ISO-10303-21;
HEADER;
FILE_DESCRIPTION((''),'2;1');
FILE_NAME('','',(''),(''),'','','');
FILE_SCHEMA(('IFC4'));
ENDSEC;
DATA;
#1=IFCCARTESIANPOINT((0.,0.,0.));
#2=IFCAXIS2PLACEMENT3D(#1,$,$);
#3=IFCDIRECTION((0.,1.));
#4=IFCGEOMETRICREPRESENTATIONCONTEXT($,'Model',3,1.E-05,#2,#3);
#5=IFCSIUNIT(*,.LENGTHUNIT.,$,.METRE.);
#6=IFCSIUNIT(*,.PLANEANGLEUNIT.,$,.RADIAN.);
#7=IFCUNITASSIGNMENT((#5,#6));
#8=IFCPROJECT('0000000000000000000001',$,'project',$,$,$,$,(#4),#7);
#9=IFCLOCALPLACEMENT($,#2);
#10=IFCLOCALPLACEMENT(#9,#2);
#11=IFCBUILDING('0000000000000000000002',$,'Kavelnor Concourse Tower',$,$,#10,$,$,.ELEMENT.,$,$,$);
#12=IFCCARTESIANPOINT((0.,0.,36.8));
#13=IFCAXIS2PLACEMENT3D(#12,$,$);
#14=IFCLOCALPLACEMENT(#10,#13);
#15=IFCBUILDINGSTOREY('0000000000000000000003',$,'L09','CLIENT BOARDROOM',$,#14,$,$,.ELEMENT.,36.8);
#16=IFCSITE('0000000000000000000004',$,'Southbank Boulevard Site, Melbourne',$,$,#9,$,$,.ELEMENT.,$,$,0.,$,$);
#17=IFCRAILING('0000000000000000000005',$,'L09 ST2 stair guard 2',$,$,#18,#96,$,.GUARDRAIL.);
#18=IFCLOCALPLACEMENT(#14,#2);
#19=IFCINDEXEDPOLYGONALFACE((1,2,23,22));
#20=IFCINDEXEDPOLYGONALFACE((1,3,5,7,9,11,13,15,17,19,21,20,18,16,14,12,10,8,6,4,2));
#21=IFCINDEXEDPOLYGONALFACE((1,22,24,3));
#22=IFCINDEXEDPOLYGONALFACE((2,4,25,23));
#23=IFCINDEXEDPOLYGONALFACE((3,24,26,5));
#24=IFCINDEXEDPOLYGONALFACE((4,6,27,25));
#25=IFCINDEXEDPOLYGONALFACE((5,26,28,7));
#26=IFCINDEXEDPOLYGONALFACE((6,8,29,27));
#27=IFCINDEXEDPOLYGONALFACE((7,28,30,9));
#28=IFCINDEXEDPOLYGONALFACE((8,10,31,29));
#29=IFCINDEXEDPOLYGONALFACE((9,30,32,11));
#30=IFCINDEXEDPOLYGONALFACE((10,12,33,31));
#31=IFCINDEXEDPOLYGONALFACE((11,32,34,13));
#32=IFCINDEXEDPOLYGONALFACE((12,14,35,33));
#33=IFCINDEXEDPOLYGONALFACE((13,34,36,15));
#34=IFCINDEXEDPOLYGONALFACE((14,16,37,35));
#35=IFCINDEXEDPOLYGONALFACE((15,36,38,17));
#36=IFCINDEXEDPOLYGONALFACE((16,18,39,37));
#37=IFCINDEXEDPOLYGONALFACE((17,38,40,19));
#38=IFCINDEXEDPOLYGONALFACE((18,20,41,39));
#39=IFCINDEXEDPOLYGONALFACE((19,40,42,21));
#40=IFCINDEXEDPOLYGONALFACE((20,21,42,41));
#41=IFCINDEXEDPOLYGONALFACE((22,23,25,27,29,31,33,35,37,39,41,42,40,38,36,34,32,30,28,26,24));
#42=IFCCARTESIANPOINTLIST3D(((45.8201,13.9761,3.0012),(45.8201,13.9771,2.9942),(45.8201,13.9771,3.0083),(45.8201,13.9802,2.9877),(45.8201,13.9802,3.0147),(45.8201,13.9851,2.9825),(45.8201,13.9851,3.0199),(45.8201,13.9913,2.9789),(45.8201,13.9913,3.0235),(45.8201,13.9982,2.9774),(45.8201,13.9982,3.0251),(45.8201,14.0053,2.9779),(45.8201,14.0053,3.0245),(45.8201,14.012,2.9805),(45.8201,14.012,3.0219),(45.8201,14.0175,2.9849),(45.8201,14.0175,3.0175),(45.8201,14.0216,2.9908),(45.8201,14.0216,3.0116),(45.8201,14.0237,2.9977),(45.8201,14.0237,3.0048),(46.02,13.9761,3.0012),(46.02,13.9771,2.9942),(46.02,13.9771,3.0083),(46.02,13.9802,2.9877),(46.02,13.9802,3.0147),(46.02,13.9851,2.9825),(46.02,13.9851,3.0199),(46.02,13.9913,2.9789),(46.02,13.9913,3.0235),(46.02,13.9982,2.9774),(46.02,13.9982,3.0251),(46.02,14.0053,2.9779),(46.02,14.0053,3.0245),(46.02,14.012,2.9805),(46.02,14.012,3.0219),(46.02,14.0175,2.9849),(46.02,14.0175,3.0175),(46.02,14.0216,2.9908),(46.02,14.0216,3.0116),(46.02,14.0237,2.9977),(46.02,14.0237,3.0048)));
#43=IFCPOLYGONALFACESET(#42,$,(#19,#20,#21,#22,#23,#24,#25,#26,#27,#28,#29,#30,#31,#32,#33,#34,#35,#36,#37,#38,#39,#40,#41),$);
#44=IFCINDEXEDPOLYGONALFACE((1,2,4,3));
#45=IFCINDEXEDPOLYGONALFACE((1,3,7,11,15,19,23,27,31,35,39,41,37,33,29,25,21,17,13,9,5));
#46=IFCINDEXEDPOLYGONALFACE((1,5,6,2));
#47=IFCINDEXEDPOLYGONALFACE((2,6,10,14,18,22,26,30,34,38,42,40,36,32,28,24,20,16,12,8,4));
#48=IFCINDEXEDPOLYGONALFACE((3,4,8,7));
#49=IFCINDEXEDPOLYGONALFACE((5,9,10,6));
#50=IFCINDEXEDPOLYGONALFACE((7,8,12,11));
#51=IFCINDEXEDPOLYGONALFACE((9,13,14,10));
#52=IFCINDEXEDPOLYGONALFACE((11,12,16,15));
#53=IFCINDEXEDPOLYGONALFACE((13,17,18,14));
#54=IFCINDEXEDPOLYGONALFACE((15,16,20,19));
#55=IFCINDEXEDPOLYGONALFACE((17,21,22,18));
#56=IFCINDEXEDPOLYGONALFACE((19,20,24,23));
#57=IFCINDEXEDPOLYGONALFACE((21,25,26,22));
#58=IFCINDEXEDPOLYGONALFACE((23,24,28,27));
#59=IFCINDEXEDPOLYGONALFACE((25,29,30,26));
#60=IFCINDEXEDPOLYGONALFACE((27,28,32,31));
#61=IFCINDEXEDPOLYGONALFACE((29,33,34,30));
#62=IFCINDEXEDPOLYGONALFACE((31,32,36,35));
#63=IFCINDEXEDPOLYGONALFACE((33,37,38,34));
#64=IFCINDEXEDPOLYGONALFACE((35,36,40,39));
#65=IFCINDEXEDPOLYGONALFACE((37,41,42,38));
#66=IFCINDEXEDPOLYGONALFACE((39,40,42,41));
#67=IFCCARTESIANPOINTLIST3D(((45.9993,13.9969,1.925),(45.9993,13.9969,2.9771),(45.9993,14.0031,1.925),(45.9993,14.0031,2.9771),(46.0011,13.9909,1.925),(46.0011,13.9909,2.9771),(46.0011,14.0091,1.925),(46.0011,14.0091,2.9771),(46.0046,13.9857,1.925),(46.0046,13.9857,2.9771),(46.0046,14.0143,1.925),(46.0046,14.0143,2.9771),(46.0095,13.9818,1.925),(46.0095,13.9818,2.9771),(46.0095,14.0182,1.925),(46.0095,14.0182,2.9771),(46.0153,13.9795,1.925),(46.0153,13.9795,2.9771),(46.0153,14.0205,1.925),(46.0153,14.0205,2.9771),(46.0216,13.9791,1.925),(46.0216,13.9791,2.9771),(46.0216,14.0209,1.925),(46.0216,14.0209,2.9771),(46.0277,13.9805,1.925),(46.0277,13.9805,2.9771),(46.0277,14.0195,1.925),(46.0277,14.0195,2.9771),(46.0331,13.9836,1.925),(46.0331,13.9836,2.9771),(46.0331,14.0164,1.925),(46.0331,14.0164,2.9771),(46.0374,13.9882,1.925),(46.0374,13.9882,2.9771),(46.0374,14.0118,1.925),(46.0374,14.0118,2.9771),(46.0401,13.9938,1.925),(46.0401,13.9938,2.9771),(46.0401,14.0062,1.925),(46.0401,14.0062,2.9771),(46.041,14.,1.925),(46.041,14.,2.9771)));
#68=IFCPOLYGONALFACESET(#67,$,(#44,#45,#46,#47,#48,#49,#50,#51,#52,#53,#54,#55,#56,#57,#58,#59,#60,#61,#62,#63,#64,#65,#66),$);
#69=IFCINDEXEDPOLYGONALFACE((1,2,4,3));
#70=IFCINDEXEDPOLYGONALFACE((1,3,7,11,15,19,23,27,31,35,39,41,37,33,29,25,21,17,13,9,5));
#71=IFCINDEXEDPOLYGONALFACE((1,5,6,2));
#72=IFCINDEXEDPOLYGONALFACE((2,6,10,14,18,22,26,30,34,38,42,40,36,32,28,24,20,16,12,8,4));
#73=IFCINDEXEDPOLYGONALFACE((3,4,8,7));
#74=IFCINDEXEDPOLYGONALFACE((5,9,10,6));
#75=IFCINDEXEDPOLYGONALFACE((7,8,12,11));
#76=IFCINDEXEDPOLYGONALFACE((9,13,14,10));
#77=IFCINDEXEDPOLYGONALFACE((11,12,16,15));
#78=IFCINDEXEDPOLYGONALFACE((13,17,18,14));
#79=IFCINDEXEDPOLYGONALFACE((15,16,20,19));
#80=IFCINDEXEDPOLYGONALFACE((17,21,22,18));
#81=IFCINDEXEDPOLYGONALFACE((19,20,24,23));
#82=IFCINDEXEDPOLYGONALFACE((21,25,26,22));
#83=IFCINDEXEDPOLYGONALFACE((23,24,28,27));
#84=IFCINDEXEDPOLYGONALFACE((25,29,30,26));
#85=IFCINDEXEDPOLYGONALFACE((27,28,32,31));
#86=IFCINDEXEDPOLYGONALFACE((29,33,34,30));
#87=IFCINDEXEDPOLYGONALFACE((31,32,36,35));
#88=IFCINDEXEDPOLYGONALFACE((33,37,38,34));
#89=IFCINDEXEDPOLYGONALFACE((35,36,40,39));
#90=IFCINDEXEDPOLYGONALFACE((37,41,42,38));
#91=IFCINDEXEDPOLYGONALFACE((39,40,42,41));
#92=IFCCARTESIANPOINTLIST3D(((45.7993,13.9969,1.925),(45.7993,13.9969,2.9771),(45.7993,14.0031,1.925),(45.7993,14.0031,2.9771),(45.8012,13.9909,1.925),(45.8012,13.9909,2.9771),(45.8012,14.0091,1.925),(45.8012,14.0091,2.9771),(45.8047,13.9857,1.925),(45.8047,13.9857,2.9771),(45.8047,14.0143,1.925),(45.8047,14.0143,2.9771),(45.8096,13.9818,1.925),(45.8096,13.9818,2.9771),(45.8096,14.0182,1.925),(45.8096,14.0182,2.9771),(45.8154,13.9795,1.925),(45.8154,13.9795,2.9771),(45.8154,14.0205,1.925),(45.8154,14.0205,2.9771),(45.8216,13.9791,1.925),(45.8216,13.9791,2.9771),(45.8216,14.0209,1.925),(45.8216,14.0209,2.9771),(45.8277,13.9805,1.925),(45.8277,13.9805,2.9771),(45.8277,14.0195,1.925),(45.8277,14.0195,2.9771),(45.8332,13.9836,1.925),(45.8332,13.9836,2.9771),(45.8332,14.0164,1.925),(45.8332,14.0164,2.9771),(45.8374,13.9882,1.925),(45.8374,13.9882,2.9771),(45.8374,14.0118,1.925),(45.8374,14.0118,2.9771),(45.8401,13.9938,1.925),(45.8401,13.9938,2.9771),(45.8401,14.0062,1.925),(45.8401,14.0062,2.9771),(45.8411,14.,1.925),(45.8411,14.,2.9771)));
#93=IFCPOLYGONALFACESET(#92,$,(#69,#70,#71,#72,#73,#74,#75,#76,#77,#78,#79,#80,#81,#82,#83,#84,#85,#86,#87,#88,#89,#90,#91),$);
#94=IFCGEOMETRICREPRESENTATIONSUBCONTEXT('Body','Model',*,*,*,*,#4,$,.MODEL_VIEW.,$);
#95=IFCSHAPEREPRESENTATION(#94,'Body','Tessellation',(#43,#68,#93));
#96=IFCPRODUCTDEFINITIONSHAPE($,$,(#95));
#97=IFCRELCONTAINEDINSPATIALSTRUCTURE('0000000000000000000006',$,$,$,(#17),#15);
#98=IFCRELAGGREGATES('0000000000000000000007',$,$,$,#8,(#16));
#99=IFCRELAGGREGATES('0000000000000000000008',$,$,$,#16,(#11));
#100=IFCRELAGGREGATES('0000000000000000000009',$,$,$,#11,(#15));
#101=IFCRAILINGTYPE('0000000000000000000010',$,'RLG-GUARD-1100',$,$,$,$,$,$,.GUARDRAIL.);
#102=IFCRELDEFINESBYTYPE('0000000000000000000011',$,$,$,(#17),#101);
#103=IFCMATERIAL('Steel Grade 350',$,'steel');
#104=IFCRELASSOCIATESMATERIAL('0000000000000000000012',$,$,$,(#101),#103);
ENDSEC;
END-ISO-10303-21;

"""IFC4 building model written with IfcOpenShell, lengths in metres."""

from ifc_helpers import new_model, si_unit, direction, frame, origin, origin_2d, place, context, subcontext, project, spatial, circle, extrude, material, type_object, element, save


model = new_model("IFC4")

# Units and contexts
model_context = context("Model", 3, precision=1e-05, world=origin(), true_north=direction((0.0, 1.0)))
body_context = subcontext(model_context, "Body", "Model", "MODEL_VIEW")
ifc_project = project(units=[si_unit("LENGTHUNIT", "METRE"), si_unit("PLANEANGLEUNIT", "RADIAN")], contexts=[model_context])

# Site, building, storey
site_placement = place(None, origin())
site = spatial("IfcSite", under=ifc_project, at=site_placement, Name="Southbank Boulevard Site, Melbourne", CompositionType="ELEMENT", RefElevation=0.0)
building_placement = place(site_placement, origin())
building = spatial("IfcBuilding", under=site, at=building_placement, Name="Kavelnor Concourse Tower", CompositionType="ELEMENT")
storey_placement = place(building_placement, frame((0.0, 0.0, 36.8)))
storey = spatial("IfcBuildingStorey", under=building, at=storey_placement, Name="L09", Description="CLIENT BOARDROOM", CompositionType="ELEMENT", Elevation=36.8)

# Shared definitions
ifc_material_1 = material(Name="Steel Grade 350", Category="steel")

# Railing
railing_type_1 = type_object("IfcRailingType", Name="RLG-GUARD-1100", PredefinedType="GUARDRAIL", material=ifc_material_1)
railing_1_placement = place(storey_placement, frame((46.02, 14.0, 1.925)))
element("IfcRailing", 1, at=railing_1_placement, inside=storey, type_object=railing_type_1, Name="L09 ST2 stair guard 2", PredefinedType="GUARDRAIL", context=body_context, shape_type="SweptSolid", body=[
    extrude(circle(Radius=0.0239, at=origin_2d()), frame((0.0, 0.0, 1.0762), z_axis=(-1.0, 0.0, 0.0), x_axis=(0.0, -1.0, 0.0)), (0.0, 0.0, 1.0), 0.2),
    extrude(circle(Radius=0.021, at=origin_2d()), origin(), (0.0, 0.0, 1.0), 1.052),
    extrude(circle(Radius=0.021, at=origin_2d()), frame((-0.2, 0.0, 0.0)), (0.0, 0.0, 1.0), 1.052),
])

save(model, "model.ifc")
